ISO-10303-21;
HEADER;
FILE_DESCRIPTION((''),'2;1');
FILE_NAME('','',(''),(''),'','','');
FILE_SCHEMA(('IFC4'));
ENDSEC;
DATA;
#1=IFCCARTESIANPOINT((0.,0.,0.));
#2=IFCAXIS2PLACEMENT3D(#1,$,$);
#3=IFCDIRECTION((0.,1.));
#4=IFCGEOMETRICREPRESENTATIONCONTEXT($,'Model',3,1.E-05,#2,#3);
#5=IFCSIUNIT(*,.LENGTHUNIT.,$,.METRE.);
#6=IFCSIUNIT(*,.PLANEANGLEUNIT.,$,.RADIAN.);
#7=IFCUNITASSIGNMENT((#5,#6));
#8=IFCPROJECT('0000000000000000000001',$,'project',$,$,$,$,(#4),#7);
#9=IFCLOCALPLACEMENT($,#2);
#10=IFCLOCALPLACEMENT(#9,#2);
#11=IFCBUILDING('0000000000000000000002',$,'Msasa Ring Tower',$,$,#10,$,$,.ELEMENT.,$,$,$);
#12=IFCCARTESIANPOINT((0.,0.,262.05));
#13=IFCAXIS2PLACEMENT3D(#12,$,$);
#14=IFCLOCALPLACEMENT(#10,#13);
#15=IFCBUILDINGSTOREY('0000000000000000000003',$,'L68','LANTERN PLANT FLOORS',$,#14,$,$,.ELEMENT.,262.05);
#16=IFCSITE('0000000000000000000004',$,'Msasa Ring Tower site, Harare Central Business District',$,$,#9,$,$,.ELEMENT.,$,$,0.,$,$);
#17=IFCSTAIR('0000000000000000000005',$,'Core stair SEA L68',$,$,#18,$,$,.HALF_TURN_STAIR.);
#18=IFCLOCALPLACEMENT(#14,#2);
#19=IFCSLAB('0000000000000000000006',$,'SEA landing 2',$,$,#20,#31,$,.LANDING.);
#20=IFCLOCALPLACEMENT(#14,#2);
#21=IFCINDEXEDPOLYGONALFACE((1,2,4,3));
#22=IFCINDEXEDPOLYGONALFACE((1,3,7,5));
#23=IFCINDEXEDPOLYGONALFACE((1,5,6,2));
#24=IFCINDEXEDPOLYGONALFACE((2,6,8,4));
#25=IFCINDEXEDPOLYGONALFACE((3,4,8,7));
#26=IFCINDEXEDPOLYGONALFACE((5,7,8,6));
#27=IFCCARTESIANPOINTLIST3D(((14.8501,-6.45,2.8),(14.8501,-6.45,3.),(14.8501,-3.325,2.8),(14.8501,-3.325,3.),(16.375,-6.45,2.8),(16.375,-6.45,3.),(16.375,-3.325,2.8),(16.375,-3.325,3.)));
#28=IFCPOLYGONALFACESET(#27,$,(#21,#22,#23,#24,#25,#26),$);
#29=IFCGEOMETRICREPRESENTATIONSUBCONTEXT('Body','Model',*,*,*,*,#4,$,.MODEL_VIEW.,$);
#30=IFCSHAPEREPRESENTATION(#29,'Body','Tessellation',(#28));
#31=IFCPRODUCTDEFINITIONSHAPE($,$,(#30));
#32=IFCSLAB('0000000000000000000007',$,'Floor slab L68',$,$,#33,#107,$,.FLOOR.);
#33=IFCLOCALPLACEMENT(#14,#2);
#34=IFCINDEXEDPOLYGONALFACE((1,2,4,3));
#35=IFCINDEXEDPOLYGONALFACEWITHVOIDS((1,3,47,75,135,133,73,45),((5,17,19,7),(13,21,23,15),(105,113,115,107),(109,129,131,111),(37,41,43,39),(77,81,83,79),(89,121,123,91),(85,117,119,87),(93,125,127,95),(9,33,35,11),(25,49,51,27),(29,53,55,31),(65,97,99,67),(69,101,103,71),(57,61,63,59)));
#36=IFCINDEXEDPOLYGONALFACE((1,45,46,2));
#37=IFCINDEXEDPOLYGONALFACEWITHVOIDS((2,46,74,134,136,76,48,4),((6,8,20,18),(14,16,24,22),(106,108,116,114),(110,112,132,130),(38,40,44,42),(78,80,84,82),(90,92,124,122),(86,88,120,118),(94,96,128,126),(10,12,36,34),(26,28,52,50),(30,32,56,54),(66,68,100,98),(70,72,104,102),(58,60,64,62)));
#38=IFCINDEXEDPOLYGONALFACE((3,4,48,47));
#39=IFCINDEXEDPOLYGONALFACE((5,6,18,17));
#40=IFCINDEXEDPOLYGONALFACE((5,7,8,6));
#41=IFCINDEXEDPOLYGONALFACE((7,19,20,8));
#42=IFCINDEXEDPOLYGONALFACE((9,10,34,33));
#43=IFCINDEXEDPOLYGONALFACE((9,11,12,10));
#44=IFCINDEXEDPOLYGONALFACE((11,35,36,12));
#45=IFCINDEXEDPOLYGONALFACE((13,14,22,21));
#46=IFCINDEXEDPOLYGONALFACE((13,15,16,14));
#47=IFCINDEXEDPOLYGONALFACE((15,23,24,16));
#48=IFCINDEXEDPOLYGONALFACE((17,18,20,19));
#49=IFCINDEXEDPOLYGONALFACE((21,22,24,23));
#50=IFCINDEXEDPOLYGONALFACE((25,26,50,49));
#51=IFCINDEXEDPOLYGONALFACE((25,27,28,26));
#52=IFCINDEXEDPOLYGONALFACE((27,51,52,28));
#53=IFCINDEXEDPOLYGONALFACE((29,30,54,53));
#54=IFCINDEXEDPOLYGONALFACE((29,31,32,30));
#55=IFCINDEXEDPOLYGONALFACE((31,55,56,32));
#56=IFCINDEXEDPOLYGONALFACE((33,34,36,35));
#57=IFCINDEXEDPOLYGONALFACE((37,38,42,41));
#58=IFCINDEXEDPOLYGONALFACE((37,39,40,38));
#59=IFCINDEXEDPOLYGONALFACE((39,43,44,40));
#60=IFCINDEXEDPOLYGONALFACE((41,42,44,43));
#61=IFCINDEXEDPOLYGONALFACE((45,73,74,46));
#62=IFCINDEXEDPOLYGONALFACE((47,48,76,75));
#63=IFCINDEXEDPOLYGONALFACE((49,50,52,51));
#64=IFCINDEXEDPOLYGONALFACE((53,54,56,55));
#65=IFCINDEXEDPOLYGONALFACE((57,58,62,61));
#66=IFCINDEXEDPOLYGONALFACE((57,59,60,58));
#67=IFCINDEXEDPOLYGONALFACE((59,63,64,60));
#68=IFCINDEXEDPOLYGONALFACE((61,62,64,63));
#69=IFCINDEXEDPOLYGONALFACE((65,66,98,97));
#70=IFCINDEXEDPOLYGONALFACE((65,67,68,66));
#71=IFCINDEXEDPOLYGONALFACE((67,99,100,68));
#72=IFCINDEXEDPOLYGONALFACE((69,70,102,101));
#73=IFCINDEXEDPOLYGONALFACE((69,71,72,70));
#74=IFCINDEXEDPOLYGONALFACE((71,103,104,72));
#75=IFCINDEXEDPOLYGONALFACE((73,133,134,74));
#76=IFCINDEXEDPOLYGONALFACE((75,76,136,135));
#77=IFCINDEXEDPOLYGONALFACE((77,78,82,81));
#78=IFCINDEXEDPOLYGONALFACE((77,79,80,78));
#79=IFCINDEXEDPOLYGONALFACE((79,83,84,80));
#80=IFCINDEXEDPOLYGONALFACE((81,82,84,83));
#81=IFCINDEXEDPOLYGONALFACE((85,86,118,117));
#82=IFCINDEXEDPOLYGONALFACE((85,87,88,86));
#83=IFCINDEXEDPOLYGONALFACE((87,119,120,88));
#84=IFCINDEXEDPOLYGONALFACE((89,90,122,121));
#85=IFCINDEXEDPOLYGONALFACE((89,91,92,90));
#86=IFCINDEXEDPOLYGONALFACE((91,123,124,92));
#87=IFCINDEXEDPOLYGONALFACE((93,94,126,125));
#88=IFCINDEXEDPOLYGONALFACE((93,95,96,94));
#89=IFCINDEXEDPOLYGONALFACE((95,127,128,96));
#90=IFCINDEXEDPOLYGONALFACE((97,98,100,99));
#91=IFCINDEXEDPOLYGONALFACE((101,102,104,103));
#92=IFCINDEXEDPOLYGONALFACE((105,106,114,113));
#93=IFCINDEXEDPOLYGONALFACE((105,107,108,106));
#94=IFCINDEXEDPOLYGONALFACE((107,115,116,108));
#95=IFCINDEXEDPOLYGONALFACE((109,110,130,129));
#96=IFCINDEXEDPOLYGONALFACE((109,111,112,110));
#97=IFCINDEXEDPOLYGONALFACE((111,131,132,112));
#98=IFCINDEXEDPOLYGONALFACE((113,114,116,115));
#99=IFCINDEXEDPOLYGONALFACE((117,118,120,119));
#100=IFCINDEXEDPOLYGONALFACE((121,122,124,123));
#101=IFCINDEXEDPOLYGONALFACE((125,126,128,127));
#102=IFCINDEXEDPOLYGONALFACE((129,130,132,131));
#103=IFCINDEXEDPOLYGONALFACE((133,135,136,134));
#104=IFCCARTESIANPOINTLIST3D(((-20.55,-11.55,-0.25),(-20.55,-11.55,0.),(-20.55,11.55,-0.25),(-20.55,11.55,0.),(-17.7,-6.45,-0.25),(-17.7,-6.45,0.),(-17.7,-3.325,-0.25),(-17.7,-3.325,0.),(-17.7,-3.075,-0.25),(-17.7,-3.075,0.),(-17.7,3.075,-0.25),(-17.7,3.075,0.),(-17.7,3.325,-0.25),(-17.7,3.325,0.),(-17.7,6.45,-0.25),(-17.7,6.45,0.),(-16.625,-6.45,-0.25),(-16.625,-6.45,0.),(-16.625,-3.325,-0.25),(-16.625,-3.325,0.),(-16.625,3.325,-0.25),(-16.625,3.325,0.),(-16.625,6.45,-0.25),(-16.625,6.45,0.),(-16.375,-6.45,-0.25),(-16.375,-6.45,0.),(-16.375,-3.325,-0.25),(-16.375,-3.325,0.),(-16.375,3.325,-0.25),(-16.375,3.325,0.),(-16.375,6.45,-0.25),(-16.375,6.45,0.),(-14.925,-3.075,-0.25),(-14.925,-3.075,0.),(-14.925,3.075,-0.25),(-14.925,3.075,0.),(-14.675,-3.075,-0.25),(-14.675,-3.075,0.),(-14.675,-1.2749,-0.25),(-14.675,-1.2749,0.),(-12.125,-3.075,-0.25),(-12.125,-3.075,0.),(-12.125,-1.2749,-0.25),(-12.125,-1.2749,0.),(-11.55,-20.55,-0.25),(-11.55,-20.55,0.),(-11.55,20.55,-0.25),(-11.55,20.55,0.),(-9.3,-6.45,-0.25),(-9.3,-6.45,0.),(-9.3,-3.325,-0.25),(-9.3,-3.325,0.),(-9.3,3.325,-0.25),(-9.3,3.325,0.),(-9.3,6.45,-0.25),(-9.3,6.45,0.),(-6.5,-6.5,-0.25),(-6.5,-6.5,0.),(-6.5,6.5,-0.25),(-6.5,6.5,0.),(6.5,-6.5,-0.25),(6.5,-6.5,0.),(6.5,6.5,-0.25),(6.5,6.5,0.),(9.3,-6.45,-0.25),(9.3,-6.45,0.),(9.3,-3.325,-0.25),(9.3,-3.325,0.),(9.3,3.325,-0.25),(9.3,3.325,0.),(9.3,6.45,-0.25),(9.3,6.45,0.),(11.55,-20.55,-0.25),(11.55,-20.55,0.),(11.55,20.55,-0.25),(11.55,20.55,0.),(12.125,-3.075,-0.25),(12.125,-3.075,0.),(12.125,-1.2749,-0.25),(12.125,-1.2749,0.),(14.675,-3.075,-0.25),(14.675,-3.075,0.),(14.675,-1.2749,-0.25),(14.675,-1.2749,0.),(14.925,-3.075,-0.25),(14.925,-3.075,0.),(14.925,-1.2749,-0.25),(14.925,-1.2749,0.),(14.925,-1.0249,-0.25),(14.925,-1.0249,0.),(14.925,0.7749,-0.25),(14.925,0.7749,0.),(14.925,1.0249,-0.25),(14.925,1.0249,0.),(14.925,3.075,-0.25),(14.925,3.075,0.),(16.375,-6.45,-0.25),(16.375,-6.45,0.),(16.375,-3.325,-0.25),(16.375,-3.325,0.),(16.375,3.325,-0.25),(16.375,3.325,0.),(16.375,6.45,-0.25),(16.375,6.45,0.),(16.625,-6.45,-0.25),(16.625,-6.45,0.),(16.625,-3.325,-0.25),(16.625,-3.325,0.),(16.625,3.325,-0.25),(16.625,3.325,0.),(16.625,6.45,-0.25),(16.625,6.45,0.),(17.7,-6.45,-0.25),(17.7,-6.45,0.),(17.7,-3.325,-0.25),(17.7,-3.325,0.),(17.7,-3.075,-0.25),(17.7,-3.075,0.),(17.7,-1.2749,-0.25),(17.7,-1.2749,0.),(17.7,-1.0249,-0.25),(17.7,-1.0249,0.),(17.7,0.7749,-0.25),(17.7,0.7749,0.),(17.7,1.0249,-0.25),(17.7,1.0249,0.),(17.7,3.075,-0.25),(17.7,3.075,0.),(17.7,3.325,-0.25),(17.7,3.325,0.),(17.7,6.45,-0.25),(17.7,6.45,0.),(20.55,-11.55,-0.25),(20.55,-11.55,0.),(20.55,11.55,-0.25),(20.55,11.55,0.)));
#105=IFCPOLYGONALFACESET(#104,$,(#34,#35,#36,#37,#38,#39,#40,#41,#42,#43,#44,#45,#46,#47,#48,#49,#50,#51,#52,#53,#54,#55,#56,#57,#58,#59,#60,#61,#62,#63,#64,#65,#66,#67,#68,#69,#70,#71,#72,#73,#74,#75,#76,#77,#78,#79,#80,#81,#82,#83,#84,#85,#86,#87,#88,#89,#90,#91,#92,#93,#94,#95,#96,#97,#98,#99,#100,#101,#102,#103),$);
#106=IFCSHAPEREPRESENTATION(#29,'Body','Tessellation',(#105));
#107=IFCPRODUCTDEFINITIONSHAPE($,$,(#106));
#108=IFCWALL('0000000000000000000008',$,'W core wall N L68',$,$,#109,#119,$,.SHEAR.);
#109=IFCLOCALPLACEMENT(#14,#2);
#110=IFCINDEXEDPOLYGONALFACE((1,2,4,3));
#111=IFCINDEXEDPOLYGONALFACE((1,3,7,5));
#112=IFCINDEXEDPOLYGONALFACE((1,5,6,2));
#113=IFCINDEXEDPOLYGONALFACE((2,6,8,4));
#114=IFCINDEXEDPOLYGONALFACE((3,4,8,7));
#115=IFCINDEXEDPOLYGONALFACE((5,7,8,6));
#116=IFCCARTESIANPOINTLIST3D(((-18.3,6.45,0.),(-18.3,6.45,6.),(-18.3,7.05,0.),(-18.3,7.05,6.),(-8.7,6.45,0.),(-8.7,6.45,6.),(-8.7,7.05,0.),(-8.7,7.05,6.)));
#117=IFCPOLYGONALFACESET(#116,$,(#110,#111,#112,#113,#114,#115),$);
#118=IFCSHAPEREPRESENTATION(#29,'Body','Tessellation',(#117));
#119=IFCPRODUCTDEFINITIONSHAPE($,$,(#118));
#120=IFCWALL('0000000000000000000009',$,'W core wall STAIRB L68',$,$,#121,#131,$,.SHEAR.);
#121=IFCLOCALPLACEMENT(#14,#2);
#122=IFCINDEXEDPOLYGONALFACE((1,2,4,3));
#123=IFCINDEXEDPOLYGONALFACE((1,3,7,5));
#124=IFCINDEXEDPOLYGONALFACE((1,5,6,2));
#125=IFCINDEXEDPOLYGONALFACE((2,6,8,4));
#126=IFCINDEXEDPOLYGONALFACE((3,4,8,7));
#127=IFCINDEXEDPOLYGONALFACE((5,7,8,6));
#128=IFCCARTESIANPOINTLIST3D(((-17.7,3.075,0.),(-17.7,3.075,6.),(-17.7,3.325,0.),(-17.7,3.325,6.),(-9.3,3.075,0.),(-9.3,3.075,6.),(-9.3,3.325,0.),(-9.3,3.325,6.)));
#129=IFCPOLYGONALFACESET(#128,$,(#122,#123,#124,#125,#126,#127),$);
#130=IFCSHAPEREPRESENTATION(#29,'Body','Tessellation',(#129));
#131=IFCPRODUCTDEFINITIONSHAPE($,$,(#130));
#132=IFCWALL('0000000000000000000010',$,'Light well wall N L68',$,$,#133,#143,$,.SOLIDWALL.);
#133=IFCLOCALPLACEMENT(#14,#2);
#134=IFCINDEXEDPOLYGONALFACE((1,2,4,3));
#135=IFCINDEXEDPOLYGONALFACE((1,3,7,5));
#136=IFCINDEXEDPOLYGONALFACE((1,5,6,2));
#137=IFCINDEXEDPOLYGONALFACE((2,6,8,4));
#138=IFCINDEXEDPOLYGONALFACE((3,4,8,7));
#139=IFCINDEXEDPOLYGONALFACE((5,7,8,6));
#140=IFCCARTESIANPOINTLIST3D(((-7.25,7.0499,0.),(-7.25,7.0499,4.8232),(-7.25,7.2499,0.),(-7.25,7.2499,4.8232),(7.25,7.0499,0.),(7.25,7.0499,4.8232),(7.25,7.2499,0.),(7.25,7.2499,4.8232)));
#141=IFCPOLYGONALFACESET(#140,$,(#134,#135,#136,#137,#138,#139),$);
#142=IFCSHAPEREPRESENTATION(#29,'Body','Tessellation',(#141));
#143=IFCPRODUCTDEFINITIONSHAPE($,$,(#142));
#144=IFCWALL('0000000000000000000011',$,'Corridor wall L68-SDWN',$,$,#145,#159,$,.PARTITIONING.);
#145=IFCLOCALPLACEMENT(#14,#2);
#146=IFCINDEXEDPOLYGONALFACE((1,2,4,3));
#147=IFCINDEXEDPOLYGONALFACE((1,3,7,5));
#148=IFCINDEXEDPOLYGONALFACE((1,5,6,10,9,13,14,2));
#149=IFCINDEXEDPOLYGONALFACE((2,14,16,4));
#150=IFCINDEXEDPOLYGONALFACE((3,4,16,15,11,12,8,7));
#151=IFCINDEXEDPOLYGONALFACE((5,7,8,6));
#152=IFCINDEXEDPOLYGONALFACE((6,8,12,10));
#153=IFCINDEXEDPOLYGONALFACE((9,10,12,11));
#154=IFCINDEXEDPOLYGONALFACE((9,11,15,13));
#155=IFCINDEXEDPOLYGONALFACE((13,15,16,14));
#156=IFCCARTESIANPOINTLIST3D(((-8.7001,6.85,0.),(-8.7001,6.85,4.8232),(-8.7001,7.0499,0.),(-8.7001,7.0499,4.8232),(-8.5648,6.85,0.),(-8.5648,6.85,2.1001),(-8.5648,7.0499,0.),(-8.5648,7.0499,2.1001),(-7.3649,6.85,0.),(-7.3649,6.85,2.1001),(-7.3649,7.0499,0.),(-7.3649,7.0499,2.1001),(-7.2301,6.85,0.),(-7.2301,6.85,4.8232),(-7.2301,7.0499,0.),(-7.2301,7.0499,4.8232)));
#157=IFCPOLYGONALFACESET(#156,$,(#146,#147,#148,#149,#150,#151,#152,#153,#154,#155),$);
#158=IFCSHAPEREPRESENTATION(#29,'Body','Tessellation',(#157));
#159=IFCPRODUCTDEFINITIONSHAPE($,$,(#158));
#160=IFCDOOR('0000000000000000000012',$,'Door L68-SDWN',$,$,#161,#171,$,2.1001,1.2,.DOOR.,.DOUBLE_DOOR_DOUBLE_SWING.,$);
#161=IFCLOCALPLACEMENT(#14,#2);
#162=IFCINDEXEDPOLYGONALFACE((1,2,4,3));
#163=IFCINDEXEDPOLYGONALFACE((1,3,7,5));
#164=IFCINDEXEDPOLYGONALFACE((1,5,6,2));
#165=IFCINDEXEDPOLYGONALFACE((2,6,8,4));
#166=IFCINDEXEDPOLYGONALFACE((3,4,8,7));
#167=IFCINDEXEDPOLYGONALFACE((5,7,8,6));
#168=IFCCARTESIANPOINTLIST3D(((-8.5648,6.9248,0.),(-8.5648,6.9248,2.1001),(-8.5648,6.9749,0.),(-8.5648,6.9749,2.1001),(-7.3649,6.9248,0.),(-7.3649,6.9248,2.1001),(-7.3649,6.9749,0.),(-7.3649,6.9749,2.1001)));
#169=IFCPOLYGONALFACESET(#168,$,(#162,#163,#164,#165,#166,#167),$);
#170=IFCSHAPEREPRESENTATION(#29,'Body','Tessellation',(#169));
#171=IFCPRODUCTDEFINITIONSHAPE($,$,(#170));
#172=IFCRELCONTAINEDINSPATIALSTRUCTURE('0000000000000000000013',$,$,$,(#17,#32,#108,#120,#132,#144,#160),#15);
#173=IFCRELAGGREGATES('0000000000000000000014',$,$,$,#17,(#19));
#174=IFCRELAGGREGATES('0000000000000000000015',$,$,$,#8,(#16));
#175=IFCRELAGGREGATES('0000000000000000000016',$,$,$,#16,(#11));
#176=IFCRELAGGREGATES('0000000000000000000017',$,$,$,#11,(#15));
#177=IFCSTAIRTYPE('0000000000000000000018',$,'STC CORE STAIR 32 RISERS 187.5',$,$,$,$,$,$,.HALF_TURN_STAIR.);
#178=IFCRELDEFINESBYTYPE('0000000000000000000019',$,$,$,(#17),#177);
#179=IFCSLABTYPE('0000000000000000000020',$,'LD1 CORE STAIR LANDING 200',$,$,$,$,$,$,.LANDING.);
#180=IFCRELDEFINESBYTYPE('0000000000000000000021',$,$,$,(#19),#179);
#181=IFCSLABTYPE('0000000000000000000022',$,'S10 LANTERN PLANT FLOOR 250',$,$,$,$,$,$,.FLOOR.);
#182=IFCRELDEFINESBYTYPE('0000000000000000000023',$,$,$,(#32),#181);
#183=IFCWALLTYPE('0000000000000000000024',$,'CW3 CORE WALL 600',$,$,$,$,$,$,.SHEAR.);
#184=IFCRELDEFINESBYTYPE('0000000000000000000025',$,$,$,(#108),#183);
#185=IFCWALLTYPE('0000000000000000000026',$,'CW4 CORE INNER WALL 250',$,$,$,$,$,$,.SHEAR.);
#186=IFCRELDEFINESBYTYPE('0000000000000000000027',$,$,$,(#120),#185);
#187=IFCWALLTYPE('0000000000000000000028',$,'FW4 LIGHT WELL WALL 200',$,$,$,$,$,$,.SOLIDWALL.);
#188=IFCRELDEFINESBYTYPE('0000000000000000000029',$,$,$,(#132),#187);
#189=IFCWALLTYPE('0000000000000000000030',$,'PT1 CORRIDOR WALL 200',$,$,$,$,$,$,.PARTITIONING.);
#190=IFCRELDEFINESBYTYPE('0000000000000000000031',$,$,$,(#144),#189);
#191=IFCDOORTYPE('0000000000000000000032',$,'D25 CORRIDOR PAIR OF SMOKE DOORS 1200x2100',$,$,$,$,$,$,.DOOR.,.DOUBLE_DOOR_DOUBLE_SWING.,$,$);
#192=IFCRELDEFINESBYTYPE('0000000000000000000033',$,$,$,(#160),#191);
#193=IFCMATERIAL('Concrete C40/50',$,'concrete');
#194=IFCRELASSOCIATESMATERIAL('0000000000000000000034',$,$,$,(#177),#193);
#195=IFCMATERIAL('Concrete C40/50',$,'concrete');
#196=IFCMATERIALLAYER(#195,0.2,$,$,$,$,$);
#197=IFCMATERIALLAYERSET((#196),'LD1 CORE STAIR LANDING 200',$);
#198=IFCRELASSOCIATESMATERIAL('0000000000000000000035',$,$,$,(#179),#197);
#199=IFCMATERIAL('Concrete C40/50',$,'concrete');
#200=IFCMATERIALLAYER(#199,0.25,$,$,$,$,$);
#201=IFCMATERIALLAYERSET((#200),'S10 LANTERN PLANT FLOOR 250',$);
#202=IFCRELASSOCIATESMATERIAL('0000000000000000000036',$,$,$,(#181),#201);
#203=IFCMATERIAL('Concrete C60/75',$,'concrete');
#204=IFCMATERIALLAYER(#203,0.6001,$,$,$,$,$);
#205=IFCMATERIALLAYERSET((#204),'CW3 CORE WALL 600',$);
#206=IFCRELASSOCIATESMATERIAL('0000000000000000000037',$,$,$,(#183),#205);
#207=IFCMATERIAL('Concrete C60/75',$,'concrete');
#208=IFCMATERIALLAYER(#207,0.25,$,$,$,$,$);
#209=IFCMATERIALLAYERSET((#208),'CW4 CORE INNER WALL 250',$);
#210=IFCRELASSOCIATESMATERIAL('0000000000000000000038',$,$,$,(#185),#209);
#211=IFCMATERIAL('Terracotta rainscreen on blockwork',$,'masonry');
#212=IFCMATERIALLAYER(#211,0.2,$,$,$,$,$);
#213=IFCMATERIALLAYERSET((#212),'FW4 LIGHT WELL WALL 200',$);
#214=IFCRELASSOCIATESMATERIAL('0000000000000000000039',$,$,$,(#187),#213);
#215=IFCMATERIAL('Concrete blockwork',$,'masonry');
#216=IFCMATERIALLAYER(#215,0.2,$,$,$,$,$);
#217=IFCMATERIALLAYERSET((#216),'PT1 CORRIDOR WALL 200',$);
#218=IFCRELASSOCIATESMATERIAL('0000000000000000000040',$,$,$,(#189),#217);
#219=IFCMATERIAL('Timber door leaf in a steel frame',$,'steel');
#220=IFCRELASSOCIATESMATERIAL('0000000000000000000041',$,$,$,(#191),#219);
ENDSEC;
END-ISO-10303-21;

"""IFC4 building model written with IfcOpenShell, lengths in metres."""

from ifc_helpers import new_model, si_unit, direction, frame, frame_2d, origin, place, context, subcontext, project, spatial, polyline, rectangle, outline, extrude, material, layer, layer_set, type_object, element, fill, aggregate, save


model = new_model("IFC4")

# Units and contexts
model_context = context("Model", 3, precision=1e-05, world=origin(), true_north=direction((0.0, 1.0)))
body_context = subcontext(model_context, "Body", "Model", "MODEL_VIEW")
ifc_project = project(units=[si_unit("LENGTHUNIT", "METRE"), si_unit("PLANEANGLEUNIT", "RADIAN")], contexts=[model_context])

# Site, building, storey
site_placement = place(None, origin())
site = spatial("IfcSite", under=ifc_project, at=site_placement, Name="Msasa Ring Tower site, Harare Central Business District", CompositionType="ELEMENT", RefElevation=0.0)
building_placement = place(site_placement, origin())
building = spatial("IfcBuilding", under=site, at=building_placement, Name="Msasa Ring Tower", CompositionType="ELEMENT")
storey_placement = place(building_placement, frame((0.0, 0.0, 262.05)))
storey = spatial("IfcBuildingStorey", under=building, at=storey_placement, Name="L68", Description="LANTERN PLANT FLOORS", CompositionType="ELEMENT", Elevation=262.05)

# Stair, slab
ifc_material_1 = material(Name="Concrete C40/50", Category="concrete")
stair_type = type_object("IfcStairType", Name="STC CORE STAIR 32 RISERS 187.5", PredefinedType="HALF_TURN_STAIR", material=ifc_material_1)
stair_1_placement = place(storey_placement, origin())
stair_1 = element("IfcStair", 1, at=stair_1_placement, inside=storey, type_object=stair_type, Name="Core stair SEA L68", PredefinedType="HALF_TURN_STAIR")
ifc_material_2 = material(Name="Concrete C40/50", Category="concrete")
ifc_layer_1 = layer(ifc_material_2, 0.2)
ifc_layer_set_1 = layer_set([ifc_layer_1], Name="LD1 CORE STAIR LANDING 200")
slab_type_1 = type_object("IfcSlabType", Name="LD1 CORE STAIR LANDING 200", PredefinedType="LANDING", material=ifc_layer_set_1)
slab_1_placement = place(storey_placement, frame((0.0, 0.0, 2.8)))
slab_1 = element("IfcSlab", 2, at=slab_1_placement, type_object=slab_type_1, Name="SEA landing 2", PredefinedType="LANDING", context=body_context, shape_type="SweptSolid", body=[
    extrude(outline(polyline([(14.8501, -6.45), (16.375, -6.45), (16.375, -3.325), (14.8501, -3.325), (14.8501, -6.45)])), origin(), (0.0, 0.0, 1.0), 0.2),
])
aggregate(stair_1, [slab_1])

# Slab
ifc_material_3 = material(Name="Concrete C40/50", Category="concrete")
ifc_layer_2 = layer(ifc_material_3, 0.25)
ifc_layer_set_2 = layer_set([ifc_layer_2], Name="S10 LANTERN PLANT FLOOR 250")
slab_type_2 = type_object("IfcSlabType", Name="S10 LANTERN PLANT FLOOR 250", PredefinedType="FLOOR", material=ifc_layer_set_2)
slab_2_placement = place(storey_placement, frame((0.0, 0.0, -0.25)))
element("IfcSlab", 3, at=slab_2_placement, inside=storey, type_object=slab_type_2, Name="Floor slab L68", PredefinedType="FLOOR", context=body_context, shape_type="SweptSolid", body=[
    extrude(outline(polyline([(-11.55, -20.55), (11.55, -20.55), (20.55, -11.55), (20.55, 11.55), (11.55, 20.55), (-11.55, 20.55), (-20.55, 11.55), (-20.55, -11.55), (-11.55, -20.55)]), holes=[polyline([(-6.5, -6.5), (6.5, -6.5), (6.5, 6.5), (-6.5, 6.5), (-6.5, -6.5)]), polyline([(9.3, -6.45), (16.375, -6.45), (16.375, -3.325), (9.3, -3.325), (9.3, -6.45)]), polyline([(9.3, 3.325), (16.375, 3.325), (16.375, 6.45), (9.3, 6.45), (9.3, 3.325)]), polyline([(12.125, -3.075), (14.675, -3.075), (14.675, -1.2749), (12.125, -1.2749), (12.125, -3.075)]), polyline([(16.625, -6.45), (17.7, -6.45), (17.7, -3.325), (16.625, -3.325), (16.625, -6.45)]), polyline([(16.625, 3.325), (17.7, 3.325), (17.7, 6.45), (16.625, 6.45), (16.625, 3.325)]), polyline([(14.925, -3.075), (17.7, -3.075), (17.7, -1.2749), (14.925, -1.2749), (14.925, -3.075)]), polyline([(14.925, -1.0249), (17.7, -1.0249), (17.7, 0.7749), (14.925, 0.7749), (14.925, -1.0249)]), polyline([(14.925, 1.0249), (17.7, 1.0249), (17.7, 3.075), (14.925, 3.075), (14.925, 1.0249)]), polyline([(-16.375, -6.45), (-9.3, -6.45), (-9.3, -3.325), (-16.375, -3.325), (-16.375, -6.45)]), polyline([(-16.375, 3.325), (-9.3, 3.325), (-9.3, 6.45), (-16.375, 6.45), (-16.375, 3.325)]), polyline([(-14.675, -3.075), (-12.125, -3.075), (-12.125, -1.2749), (-14.675, -1.2749), (-14.675, -3.075)]), polyline([(-17.7, -6.45), (-16.625, -6.45), (-16.625, -3.325), (-17.7, -3.325), (-17.7, -6.45)]), polyline([(-17.7, 3.325), (-16.625, 3.325), (-16.625, 6.45), (-17.7, 6.45), (-17.7, 3.325)]), polyline([(-17.7, -3.075), (-14.925, -3.075), (-14.925, 3.075), (-17.7, 3.075), (-17.7, -3.075)])]), origin(), (0.0, 0.0, 1.0), 0.25),
])

# Walls
ifc_material_4 = material(Name="Concrete C60/75", Category="concrete")
ifc_layer_3 = layer(ifc_material_4, 0.6001)
ifc_layer_set_3 = layer_set([ifc_layer_3], Name="CW3 CORE WALL 600")
wall_type_1 = type_object("IfcWallType", Name="CW3 CORE WALL 600", PredefinedType="SHEAR", material=ifc_layer_set_3)
wall_1_placement = place(storey_placement, frame((-8.7, 6.75, 0.0), z_axis=(0.0, 0.0, 1.0), x_axis=(-1.0, 0.0, 0.0)))
element("IfcWall", 4, at=wall_1_placement, inside=storey, type_object=wall_type_1, Name="W core wall N L68", PredefinedType="SHEAR", context=body_context, shape_type="SweptSolid", body=[
    extrude(rectangle(XDim=9.6001, YDim=0.6001, at=frame_2d((4.8, 0.0))), origin(), (0.0, 0.0, 1.0), 6.0),
])
ifc_material_5 = material(Name="Concrete C60/75", Category="concrete")
ifc_layer_4 = layer(ifc_material_5, 0.25)
ifc_layer_set_4 = layer_set([ifc_layer_4], Name="CW4 CORE INNER WALL 250")
wall_type_2 = type_object("IfcWallType", Name="CW4 CORE INNER WALL 250", PredefinedType="SHEAR", material=ifc_layer_set_4)
wall_2_placement = place(storey_placement, frame((-9.3, 3.2, 0.0), z_axis=(0.0, 0.0, 1.0), x_axis=(-1.0, 0.0, 0.0)))
element("IfcWall", 5, at=wall_2_placement, inside=storey, type_object=wall_type_2, Name="W core wall STAIRB L68", PredefinedType="SHEAR", context=body_context, shape_type="SweptSolid", body=[
    extrude(rectangle(XDim=8.3999, YDim=0.25, at=frame_2d((4.2, 0.0))), origin(), (0.0, 0.0, 1.0), 6.0),
])
ifc_material_6 = material(Name="Terracotta rainscreen on blockwork", Category="masonry")
ifc_layer_5 = layer(ifc_material_6, 0.2)
ifc_layer_set_5 = layer_set([ifc_layer_5], Name="FW4 LIGHT WELL WALL 200")
wall_type_3 = type_object("IfcWallType", Name="FW4 LIGHT WELL WALL 200", PredefinedType="SOLIDWALL", material=ifc_layer_set_5)
wall_3_placement = place(storey_placement, frame((-7.25, 7.1499, 0.0), z_axis=(0.0, 0.0, 1.0), x_axis=(1.0, 0.0, 0.0)))
element("IfcWall", 6, at=wall_3_placement, inside=storey, type_object=wall_type_3, Name="Light well wall N L68", PredefinedType="SOLIDWALL", context=body_context, shape_type="SweptSolid", body=[
    extrude(rectangle(XDim=14.5, YDim=0.2, at=frame_2d((7.25, 0.0))), origin(), (0.0, 0.0, 1.0), 4.8232),
])

# Wall, opening, door
ifc_material_7 = material(Name="Concrete blockwork", Category="masonry")
ifc_layer_6 = layer(ifc_material_7, 0.2)
ifc_layer_set_6 = layer_set([ifc_layer_6], Name="PT1 CORRIDOR WALL 200")
wall_type_4 = type_object("IfcWallType", Name="PT1 CORRIDOR WALL 200", PredefinedType="PARTITIONING", material=ifc_layer_set_6)
wall_4_placement = place(storey_placement, frame((-8.7, 6.95, 0.0), z_axis=(0.0, 0.0, 1.0), x_axis=(1.0, 0.0, 0.0)))
wall_4 = element("IfcWall", 7, at=wall_4_placement, inside=storey, type_object=wall_type_4, Name="Corridor wall L68-SDWN", PredefinedType="PARTITIONING", context=body_context, shape_type="SweptSolid", body=[
    extrude(rectangle(XDim=1.47, YDim=0.2, at=frame_2d((0.7349, 0.0))), origin(), (0.0, 0.0, 1.0), 4.8232),
])
opening_placement = place(wall_4_placement, frame((0.135, 0.0, 0.0)))
opening = element("IfcOpeningElement", 8, at=opening_placement, cuts=wall_4, PredefinedType="OPENING", context=body_context, shape_type="SweptSolid", body=[
    extrude(rectangle(XDim=1.2, YDim=2.1001, at=frame_2d((0.6001, 1.05))), frame((0.0, 0.1099, 0.0), z_axis=(0.0, -1.0, 0.0), x_axis=(1.0, 0.0, 0.0)), (0.0, 0.0, 1.0), 0.22),
])
ifc_material_8 = material(Name="Timber door leaf in a steel frame", Category="steel")
door_type = type_object("IfcDoorType", Name="D25 CORRIDOR PAIR OF SMOKE DOORS 1200x2100", OperationType="DOUBLE_DOOR_DOUBLE_SWING", PredefinedType="DOOR", material=ifc_material_8)
door_placement = place(opening_placement, origin())
door = element("IfcDoor", 9, at=door_placement, inside=storey, type_object=door_type, Name="Door L68-SDWN", OperationType="DOUBLE_DOOR_DOUBLE_SWING", OverallHeight=2.1001, OverallWidth=1.2, PredefinedType="DOOR", context=body_context, shape_type="SweptSolid", body=[
    extrude(rectangle(XDim=1.2, YDim=2.1001, at=frame_2d((0.6001, 1.05))), frame((0.0, 0.0249, 0.0), z_axis=(0.0, -1.0, 0.0), x_axis=(1.0, 0.0, 0.0)), (0.0, 0.0, 1.0), 0.05),
])
fill(opening, door)

save(model, "model.ifc")
